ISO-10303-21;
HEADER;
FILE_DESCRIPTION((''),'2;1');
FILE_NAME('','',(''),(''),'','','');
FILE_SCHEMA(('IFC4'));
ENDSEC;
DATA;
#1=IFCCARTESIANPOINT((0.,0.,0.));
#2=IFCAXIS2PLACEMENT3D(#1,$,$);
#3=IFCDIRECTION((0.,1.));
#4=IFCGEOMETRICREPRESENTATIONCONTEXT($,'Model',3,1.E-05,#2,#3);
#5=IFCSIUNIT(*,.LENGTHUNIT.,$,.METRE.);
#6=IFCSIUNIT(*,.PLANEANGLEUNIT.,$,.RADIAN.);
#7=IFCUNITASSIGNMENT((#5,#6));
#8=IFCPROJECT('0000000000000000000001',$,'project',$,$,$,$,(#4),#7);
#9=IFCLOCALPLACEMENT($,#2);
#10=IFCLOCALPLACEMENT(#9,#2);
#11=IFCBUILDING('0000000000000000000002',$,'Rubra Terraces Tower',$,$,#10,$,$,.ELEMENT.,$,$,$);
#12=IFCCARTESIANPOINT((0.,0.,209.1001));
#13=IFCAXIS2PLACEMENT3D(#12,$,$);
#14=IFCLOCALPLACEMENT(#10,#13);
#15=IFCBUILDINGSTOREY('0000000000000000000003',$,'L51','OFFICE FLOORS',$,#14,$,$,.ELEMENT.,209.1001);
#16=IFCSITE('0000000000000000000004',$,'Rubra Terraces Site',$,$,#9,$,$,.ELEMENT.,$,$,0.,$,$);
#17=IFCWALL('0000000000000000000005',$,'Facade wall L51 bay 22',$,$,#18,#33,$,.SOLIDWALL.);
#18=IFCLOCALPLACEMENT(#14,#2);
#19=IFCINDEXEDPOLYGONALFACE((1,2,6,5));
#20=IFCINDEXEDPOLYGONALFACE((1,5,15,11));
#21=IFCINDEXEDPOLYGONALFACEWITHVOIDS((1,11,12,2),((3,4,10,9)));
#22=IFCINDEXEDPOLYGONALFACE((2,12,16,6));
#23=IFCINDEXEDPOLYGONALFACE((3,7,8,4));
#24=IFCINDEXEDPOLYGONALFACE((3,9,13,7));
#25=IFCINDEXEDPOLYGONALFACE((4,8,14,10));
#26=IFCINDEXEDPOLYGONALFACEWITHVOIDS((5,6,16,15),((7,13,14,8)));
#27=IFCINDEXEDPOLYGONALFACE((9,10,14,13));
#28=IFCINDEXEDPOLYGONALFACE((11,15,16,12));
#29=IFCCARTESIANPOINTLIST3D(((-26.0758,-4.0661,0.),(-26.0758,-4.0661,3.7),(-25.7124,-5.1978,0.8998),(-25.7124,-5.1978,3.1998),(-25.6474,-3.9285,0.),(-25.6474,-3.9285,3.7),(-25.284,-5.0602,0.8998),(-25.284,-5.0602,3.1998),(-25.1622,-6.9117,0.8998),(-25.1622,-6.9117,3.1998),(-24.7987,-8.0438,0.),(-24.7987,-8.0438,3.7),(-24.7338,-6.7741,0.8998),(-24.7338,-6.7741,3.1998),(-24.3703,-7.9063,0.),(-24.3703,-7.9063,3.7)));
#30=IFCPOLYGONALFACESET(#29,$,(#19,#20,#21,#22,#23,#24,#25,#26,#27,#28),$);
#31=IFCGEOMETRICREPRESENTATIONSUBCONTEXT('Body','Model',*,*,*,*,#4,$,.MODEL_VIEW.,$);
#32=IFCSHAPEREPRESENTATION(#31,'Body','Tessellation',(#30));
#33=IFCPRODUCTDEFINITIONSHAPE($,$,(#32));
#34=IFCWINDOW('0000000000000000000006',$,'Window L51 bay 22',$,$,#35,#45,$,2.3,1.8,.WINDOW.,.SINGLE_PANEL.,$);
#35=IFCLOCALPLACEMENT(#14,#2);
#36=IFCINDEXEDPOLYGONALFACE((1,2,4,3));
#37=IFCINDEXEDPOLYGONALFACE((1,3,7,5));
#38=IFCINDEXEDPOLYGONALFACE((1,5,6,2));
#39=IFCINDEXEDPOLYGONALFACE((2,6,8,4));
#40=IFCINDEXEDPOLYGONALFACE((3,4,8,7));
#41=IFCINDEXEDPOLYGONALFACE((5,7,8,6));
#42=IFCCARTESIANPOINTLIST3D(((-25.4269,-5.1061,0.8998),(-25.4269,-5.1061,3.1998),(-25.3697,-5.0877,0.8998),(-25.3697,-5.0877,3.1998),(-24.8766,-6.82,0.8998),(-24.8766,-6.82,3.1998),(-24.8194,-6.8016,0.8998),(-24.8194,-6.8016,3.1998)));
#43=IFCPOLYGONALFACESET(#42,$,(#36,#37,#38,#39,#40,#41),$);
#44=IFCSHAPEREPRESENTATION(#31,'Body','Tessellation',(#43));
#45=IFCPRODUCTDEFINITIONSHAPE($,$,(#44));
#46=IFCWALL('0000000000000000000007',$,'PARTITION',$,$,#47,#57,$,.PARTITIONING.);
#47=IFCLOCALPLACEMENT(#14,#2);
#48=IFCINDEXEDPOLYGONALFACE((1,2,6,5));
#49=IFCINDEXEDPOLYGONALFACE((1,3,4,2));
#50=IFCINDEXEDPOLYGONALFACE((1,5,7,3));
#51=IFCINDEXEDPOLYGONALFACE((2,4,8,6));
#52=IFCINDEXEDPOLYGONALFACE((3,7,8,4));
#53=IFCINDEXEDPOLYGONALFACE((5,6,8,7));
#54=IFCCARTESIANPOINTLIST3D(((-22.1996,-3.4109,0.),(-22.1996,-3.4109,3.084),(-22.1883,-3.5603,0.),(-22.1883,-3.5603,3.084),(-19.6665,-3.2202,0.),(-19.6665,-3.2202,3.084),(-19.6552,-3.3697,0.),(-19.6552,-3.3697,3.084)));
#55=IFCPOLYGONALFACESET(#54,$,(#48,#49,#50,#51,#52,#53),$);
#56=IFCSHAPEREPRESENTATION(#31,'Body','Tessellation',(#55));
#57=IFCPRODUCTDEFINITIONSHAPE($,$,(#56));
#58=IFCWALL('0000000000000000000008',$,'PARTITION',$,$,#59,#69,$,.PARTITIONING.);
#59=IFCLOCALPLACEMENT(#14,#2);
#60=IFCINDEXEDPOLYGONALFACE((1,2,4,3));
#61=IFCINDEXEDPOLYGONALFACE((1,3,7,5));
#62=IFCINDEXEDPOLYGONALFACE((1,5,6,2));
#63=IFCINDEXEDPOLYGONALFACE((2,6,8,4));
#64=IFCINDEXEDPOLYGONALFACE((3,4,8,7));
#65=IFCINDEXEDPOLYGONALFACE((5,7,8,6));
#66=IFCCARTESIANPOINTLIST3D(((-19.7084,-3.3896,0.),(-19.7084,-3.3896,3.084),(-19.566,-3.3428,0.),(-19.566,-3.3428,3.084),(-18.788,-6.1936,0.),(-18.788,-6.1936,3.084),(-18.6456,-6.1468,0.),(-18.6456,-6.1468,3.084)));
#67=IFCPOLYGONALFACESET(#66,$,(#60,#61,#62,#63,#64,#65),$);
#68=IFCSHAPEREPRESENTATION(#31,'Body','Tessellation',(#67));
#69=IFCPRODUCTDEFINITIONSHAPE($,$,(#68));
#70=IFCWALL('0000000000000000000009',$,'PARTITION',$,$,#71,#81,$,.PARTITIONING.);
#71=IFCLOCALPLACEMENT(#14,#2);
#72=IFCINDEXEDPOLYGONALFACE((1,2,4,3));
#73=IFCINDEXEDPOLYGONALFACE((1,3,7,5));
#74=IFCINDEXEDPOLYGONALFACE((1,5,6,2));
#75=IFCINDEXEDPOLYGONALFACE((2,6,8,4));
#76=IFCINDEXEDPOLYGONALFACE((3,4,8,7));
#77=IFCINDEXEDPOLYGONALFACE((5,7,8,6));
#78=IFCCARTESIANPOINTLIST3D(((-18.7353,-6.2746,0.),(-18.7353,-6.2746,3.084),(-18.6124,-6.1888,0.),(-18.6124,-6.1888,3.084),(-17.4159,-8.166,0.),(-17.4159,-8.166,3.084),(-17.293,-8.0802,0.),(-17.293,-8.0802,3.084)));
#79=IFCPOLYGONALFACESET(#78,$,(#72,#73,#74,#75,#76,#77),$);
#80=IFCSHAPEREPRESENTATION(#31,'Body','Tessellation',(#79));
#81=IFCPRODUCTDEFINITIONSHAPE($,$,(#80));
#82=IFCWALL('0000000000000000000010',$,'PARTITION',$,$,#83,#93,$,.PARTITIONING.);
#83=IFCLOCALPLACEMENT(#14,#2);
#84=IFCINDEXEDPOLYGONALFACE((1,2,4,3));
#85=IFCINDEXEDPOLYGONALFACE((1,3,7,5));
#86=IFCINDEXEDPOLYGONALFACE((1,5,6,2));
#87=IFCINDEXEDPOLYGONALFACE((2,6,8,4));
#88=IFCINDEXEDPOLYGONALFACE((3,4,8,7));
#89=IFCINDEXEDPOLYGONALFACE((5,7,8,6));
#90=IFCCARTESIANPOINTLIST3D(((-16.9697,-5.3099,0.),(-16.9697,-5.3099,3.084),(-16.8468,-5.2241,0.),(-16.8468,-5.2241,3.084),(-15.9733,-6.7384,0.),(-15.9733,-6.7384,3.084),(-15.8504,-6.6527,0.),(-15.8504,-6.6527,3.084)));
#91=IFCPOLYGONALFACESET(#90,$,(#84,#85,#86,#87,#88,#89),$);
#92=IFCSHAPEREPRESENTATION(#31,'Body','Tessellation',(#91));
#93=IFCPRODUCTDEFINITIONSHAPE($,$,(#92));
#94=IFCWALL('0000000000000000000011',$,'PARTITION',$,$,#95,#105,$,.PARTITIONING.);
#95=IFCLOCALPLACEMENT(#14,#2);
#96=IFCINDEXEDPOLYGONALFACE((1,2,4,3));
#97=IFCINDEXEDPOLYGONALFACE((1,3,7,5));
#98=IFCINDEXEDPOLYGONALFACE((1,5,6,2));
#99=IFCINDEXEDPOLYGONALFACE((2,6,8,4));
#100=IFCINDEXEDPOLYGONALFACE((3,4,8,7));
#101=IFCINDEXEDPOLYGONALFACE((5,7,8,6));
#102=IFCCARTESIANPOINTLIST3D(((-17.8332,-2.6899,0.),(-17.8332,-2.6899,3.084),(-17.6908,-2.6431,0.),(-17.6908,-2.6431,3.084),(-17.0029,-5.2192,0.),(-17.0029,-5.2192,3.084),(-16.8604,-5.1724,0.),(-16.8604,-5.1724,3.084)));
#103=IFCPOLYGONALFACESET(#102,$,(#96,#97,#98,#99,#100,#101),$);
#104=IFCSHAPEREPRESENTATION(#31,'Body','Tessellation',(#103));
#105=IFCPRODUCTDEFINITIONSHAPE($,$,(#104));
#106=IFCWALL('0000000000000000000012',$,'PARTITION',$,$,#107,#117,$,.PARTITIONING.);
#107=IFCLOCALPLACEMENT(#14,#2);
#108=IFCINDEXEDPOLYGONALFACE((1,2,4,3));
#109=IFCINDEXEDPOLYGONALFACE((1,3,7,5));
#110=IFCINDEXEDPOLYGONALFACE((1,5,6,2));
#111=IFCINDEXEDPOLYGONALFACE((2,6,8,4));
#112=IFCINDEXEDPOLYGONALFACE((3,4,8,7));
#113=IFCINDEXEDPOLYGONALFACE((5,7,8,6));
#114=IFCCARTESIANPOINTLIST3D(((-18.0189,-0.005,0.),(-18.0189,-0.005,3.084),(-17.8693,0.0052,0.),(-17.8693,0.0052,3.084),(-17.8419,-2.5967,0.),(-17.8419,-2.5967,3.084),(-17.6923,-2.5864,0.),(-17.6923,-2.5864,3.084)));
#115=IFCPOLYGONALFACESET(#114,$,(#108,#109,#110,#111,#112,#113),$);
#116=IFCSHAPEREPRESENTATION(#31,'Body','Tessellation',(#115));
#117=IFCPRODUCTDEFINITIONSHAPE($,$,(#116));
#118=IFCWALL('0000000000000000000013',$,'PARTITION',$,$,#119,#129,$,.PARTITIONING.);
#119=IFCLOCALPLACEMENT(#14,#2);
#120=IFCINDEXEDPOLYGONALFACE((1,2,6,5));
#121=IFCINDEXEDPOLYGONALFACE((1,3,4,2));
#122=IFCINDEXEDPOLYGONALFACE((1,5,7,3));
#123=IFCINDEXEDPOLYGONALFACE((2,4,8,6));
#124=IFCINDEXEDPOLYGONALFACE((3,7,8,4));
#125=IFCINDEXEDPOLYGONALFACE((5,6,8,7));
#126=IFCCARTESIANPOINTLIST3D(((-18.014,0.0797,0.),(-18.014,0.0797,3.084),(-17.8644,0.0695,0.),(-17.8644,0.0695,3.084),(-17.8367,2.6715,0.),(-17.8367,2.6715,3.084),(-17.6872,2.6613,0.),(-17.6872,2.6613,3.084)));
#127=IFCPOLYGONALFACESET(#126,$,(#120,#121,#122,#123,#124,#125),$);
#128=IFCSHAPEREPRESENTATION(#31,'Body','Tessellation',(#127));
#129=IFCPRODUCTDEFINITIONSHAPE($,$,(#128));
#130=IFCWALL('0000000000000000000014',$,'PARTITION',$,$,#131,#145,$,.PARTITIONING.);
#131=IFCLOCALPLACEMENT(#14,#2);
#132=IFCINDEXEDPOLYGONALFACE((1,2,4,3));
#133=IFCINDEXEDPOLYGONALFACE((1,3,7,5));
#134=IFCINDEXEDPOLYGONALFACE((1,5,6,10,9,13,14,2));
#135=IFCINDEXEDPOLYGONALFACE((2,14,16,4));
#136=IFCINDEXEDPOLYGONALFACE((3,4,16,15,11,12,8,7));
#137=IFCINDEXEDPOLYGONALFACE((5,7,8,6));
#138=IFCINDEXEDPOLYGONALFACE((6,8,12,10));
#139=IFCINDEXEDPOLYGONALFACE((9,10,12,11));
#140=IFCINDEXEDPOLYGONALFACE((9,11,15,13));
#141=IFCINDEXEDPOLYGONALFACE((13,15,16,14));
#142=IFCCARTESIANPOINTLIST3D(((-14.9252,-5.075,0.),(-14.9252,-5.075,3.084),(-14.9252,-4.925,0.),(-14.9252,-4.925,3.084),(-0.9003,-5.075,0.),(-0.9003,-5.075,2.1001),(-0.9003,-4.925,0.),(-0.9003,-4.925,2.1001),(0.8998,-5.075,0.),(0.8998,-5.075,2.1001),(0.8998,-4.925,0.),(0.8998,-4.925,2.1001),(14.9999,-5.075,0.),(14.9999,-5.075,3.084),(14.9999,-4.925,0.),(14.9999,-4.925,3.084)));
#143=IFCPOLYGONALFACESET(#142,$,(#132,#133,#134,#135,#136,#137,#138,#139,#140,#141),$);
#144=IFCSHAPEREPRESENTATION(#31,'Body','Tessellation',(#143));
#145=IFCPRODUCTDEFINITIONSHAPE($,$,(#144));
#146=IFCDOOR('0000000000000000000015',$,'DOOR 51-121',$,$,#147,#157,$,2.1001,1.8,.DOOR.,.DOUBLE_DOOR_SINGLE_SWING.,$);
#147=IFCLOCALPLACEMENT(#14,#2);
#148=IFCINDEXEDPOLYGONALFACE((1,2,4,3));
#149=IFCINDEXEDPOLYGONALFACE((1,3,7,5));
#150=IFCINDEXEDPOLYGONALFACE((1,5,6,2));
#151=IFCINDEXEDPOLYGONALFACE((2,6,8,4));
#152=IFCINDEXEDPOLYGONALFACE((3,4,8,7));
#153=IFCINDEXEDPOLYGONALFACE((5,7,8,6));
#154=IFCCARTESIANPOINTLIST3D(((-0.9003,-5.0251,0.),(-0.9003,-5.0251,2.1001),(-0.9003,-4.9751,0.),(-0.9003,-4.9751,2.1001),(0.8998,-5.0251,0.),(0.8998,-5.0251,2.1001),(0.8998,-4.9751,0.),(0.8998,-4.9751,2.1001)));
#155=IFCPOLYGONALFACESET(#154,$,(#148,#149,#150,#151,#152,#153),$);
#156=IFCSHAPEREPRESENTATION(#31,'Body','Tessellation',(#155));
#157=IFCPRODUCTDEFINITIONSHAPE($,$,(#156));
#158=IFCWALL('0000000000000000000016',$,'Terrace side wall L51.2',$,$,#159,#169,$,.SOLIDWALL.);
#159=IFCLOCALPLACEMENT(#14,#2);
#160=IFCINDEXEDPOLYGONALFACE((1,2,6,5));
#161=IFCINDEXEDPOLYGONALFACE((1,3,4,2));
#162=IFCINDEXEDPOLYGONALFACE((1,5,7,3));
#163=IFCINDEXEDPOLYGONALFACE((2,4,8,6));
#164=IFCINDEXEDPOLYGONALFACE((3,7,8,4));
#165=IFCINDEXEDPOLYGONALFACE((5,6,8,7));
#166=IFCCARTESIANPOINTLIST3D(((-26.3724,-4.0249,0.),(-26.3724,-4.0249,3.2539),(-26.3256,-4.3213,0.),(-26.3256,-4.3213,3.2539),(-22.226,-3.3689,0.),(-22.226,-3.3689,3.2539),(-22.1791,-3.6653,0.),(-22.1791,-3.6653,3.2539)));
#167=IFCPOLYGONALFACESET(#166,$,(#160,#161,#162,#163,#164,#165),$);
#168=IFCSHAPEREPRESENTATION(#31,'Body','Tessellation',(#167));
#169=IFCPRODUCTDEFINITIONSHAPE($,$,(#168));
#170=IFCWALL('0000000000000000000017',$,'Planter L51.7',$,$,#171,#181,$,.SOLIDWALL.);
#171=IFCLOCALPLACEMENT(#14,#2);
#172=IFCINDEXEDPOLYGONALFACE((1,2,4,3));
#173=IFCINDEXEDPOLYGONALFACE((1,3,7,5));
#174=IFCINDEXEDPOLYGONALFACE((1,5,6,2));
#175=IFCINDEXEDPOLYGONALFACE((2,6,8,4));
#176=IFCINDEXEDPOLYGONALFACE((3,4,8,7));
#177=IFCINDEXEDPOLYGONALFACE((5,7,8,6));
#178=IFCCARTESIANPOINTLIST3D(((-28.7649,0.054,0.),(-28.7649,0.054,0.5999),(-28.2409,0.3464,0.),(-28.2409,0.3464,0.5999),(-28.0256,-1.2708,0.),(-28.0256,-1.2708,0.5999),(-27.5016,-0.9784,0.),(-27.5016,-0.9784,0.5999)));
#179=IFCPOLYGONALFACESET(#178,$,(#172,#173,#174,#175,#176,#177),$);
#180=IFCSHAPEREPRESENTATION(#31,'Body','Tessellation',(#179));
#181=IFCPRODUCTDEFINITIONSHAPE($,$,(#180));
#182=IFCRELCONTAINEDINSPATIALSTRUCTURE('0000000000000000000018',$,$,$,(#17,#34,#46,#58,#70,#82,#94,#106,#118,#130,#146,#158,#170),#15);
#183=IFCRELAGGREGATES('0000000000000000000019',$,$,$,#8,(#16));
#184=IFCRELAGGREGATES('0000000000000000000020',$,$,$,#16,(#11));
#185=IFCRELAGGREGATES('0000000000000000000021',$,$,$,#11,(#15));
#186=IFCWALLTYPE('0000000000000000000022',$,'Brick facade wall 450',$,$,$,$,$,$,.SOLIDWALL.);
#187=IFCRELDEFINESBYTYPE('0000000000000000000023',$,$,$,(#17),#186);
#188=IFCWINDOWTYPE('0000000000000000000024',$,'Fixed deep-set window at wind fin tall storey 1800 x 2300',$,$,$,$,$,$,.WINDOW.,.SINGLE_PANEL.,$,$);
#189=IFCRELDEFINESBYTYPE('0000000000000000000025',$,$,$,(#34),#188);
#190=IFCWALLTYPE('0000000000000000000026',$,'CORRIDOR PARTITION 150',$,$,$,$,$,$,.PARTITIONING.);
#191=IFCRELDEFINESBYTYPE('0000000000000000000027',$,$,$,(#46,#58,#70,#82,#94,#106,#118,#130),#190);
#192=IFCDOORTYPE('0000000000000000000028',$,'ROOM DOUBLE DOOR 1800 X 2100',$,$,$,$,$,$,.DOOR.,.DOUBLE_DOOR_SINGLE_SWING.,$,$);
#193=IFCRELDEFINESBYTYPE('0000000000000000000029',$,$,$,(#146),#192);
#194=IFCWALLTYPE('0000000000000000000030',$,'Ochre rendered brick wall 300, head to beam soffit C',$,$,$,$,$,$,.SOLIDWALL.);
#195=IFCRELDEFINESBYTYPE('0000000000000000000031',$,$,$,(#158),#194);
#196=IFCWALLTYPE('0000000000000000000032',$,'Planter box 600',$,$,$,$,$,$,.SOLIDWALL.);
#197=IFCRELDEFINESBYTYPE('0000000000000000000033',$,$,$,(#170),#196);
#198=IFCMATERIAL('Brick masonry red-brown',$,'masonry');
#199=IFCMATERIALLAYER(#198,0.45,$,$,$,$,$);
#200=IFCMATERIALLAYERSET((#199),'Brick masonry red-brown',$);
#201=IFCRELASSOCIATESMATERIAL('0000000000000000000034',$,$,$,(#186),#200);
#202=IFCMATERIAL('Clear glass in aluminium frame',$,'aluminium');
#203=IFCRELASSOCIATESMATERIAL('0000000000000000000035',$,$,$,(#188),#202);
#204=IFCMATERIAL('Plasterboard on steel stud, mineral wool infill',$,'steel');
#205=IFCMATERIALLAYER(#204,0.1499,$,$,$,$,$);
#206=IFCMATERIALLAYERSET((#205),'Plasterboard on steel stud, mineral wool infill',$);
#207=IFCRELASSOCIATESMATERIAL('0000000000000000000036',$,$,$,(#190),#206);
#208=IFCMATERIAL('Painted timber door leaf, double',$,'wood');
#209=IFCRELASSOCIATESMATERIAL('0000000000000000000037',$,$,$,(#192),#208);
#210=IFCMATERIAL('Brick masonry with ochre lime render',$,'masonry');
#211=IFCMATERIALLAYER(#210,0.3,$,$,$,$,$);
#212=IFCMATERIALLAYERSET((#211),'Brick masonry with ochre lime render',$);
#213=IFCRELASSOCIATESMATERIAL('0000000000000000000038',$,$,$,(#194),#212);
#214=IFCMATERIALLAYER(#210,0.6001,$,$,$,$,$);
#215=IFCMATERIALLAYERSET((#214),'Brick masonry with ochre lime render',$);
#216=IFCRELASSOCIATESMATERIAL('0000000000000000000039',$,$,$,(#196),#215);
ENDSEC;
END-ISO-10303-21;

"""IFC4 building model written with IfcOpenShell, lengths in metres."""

from ifc_helpers import new_model, si_unit, direction, frame, frame_2d, origin, place, context, subcontext, project, spatial, rectangle, extrude, material, layer, layer_set, type_object, element, fill, save


model = new_model("IFC4")

# Units and contexts
model_context = context("Model", 3, precision=1e-05, world=origin(), true_north=direction((0.0, 1.0)))
body_context = subcontext(model_context, "Body", "Model", "MODEL_VIEW")
ifc_project = project(units=[si_unit("LENGTHUNIT", "METRE"), si_unit("PLANEANGLEUNIT", "RADIAN")], contexts=[model_context])

# Site, building, storey
site_placement = place(None, origin())
site = spatial("IfcSite", under=ifc_project, at=site_placement, Name="Rubra Terraces Site", CompositionType="ELEMENT", RefElevation=0.0)
building_placement = place(site_placement, origin())
building = spatial("IfcBuilding", under=site, at=building_placement, Name="Rubra Terraces Tower", CompositionType="ELEMENT")
storey_placement = place(building_placement, frame((0.0, 0.0, 209.1001)))
storey = spatial("IfcBuildingStorey", under=building, at=storey_placement, Name="L51", Description="OFFICE FLOORS", CompositionType="ELEMENT", Elevation=209.1001)

# Wall, opening, window
ifc_material_1 = material(Name="Brick masonry red-brown", Category="masonry")
ifc_layer_1 = layer(ifc_material_1, 0.45)
ifc_layer_set_1 = layer_set([ifc_layer_1], Name="Brick masonry red-brown")
wall_type_1 = type_object("IfcWallType", Name="Brick facade wall 450", PredefinedType="SOLIDWALL", material=ifc_layer_set_1)
wall_1_placement = place(storey_placement, frame((-25.8616, -3.9973, 0.0), z_axis=(0.0, 0.0, 1.0), x_axis=(0.305689, -0.952131, 0.0)))
wall_1 = element("IfcWall", 1, at=wall_1_placement, inside=storey, type_object=wall_type_1, Name="Facade wall L51 bay 22", PredefinedType="SOLIDWALL", context=body_context, shape_type="SweptSolid", body=[
    extrude(rectangle(XDim=4.1777, YDim=0.45, at=frame_2d((2.0889, 0.0))), origin(), (0.0, 0.0, 1.0), 3.7),
])
opening_1_placement = place(wall_1_placement, frame((1.1887, 0.0, 0.8999)))
opening_1 = element("IfcOpeningElement", 2, at=opening_1_placement, cuts=wall_1, PredefinedType="OPENING", context=body_context, shape_type="SweptSolid", body=[
    extrude(rectangle(XDim=1.8, YDim=2.3, at=frame_2d((0.8999, 1.1499))), frame((0.0, 0.2349, 0.0), z_axis=(0.0, -1.0, 0.0), x_axis=(1.0, 0.0, 0.0)), (0.0, 0.0, 1.0), 0.47),
])
ifc_material_2 = material(Name="Clear glass in aluminium frame", Category="aluminium")
window_type = type_object("IfcWindowType", Name="Fixed deep-set window at wind fin tall storey 1800 x 2300", PartitioningType="SINGLE_PANEL", PredefinedType="WINDOW", material=ifc_material_2)
window_placement = place(opening_1_placement, origin())
window = element("IfcWindow", 3, at=window_placement, inside=storey, type_object=window_type, Name="Window L51 bay 22", OverallHeight=2.3, OverallWidth=1.8, PartitioningType="SINGLE_PANEL", PredefinedType="WINDOW", context=body_context, shape_type="SweptSolid", body=[
    extrude(rectangle(XDim=1.8, YDim=2.3, at=frame_2d((0.8999, 1.1499))), frame((0.0, 0.135, 0.0), z_axis=(0.0, -1.0, 0.0), x_axis=(1.0, 0.0, 0.0)), (0.0, 0.0, 1.0), 0.0601),
])
fill(opening_1, window)

# Walls
ifc_material_3 = material(Name="Plasterboard on steel stud, mineral wool infill", Category="steel")
ifc_layer_2 = layer(ifc_material_3, 0.1499)
ifc_layer_set_2 = layer_set([ifc_layer_2], Name="Plasterboard on steel stud, mineral wool infill")
wall_type_2 = type_object("IfcWallType", Name="CORRIDOR PARTITION 150", PredefinedType="PARTITIONING", material=ifc_layer_set_2)
wall_2_placement = place(storey_placement, frame((-22.1938, -3.4856, 0.0), z_axis=(0.0, 0.0, 1.0), x_axis=(0.997179, 0.075058, 0.0)))
element("IfcWall", 4, at=wall_2_placement, inside=storey, type_object=wall_type_2, Name="PARTITION", PredefinedType="PARTITIONING", context=body_context, shape_type="SweptSolid", body=[
    extrude(rectangle(XDim=2.5403, YDim=0.1499, at=frame_2d((1.27, 0.0))), origin(), (0.0, 0.0, 1.0), 3.084),
])
wall_3_placement = place(storey_placement, frame((-19.6372, -3.3662, 0.0), z_axis=(0.0, 0.0, 1.0), x_axis=(0.311881, -0.950121, 0.0)))
element("IfcWall", 5, at=wall_3_placement, inside=storey, type_object=wall_type_2, Name="PARTITION", PredefinedType="PARTITIONING", context=body_context, shape_type="SweptSolid", body=[
    extrude(rectangle(XDim=2.9512, YDim=0.1499, at=frame_2d((1.4756, 0.0))), origin(), (0.0, 0.0, 1.0), 3.084),
])
wall_4_placement = place(storey_placement, frame((-18.6738, -6.2317, 0.0), z_axis=(0.0, 0.0, 1.0), x_axis=(0.572119, -0.820171, 0.0)))
element("IfcWall", 6, at=wall_4_placement, inside=storey, type_object=wall_type_2, Name="PARTITION", PredefinedType="PARTITIONING", context=body_context, shape_type="SweptSolid", body=[
    extrude(rectangle(XDim=2.3062, YDim=0.1499, at=frame_2d((1.1531, 0.0))), origin(), (0.0, 0.0, 1.0), 3.084),
])
wall_5_placement = place(storey_placement, frame((-15.9119, -6.6956, 0.0), z_axis=(0.0, 0.0, 1.0), x_axis=(-0.572079, 0.820199, 0.0)))
element("IfcWall", 7, at=wall_5_placement, inside=storey, type_object=wall_type_2, Name="PARTITION", PredefinedType="PARTITIONING", context=body_context, shape_type="SweptSolid", body=[
    extrude(rectangle(XDim=1.7417, YDim=0.1499, at=frame_2d((0.8708, 0.0))), origin(), (0.0, 0.0, 1.0), 3.084),
])
wall_6_placement = place(storey_placement, frame((-16.9316, -5.1958, 0.0), z_axis=(0.0, 0.0, 1.0), x_axis=(-0.311905, 0.950113, 0.0)))
element("IfcWall", 8, at=wall_6_placement, inside=storey, type_object=wall_type_2, Name="PARTITION", PredefinedType="PARTITIONING", context=body_context, shape_type="SweptSolid", body=[
    extrude(rectangle(XDim=2.6621, YDim=0.1499, at=frame_2d((1.3311, 0.0))), origin(), (0.0, 0.0, 1.0), 3.084),
])
wall_7_placement = place(storey_placement, frame((-17.7671, -2.5916, 0.0), z_axis=(0.0, 0.0, 1.0), x_axis=(-0.068141, 0.997676, 0.0)))
element("IfcWall", 9, at=wall_7_placement, inside=storey, type_object=wall_type_2, Name="PARTITION", PredefinedType="PARTITIONING", context=body_context, shape_type="SweptSolid", body=[
    extrude(rectangle(XDim=2.5977, YDim=0.1499, at=frame_2d((1.2988, 0.0))), origin(), (0.0, 0.0, 1.0), 3.084),
])
wall_8_placement = place(storey_placement, frame((-17.9392, 0.0747, 0.0), z_axis=(0.0, 0.0, 1.0), x_axis=(0.068228, 0.99767, 0.0)))
element("IfcWall", 10, at=wall_8_placement, inside=storey, type_object=wall_type_2, Name="PARTITION", PredefinedType="PARTITIONING", context=body_context, shape_type="SweptSolid", body=[
    extrude(rectangle(XDim=2.5979, YDim=0.1499, at=frame_2d((1.2988, 0.0))), origin(), (0.0, 0.0, 1.0), 3.084),
])

# Wall, opening, door
wall_9_placement = place(storey_placement, frame((-14.925, -5.0, 0.0), z_axis=(0.0, 0.0, 1.0), x_axis=(1.0, 0.0, 0.0)))
wall_9 = element("IfcWall", 11, at=wall_9_placement, inside=storey, type_object=wall_type_2, Name="PARTITION", PredefinedType="PARTITIONING", context=body_context, shape_type="SweptSolid", body=[
    extrude(rectangle(XDim=29.925, YDim=0.1499, at=frame_2d((14.9624, 0.0))), origin(), (0.0, 0.0, 1.0), 3.084),
])
opening_2_placement = place(wall_9_placement, frame((14.0249, 0.0, 0.0)))
opening_2 = element("IfcOpeningElement", 12, at=opening_2_placement, cuts=wall_9, PredefinedType="OPENING", context=body_context, shape_type="SweptSolid", body=[
    extrude(rectangle(XDim=1.8, YDim=2.1001, at=frame_2d((0.8999, 1.05))), frame((0.0, 0.085, 0.0), z_axis=(0.0, -1.0, 0.0), x_axis=(1.0, 0.0, 0.0)), (0.0, 0.0, 1.0), 0.1699),
])
ifc_material_4 = material(Name="Painted timber door leaf, double", Category="wood")
door_type_1 = type_object("IfcDoorType", Name="ROOM DOUBLE DOOR 1800 X 2100", OperationType="DOUBLE_DOOR_SINGLE_SWING", PredefinedType="DOOR", material=ifc_material_4)
door_1_placement = place(opening_2_placement, origin())
door_1 = element("IfcDoor", 13, at=door_1_placement, inside=storey, type_object=door_type_1, Name="DOOR 51-121", OperationType="DOUBLE_DOOR_SINGLE_SWING", OverallHeight=2.1001, OverallWidth=1.8, PredefinedType="DOOR", context=body_context, shape_type="SweptSolid", body=[
    extrude(rectangle(XDim=1.8, YDim=2.1001, at=frame_2d((0.8999, 1.05))), frame((0.0, 0.0249, 0.0), z_axis=(0.0, -1.0, 0.0), x_axis=(1.0, 0.0, 0.0)), (0.0, 0.0, 1.0), 0.05),
])
fill(opening_2, door_1)
ifc_material_5 = material(Name="Brick masonry with ochre lime render", Category="masonry")

# Walls
ifc_layer_3 = layer(ifc_material_5, 0.3)
ifc_layer_set_3 = layer_set([ifc_layer_3], Name="Brick masonry with ochre lime render")
wall_type_3 = type_object("IfcWallType", Name="Ochre rendered brick wall 300, head to beam soffit C", PredefinedType="SOLIDWALL", material=ifc_layer_set_3)
wall_10_placement = place(storey_placement, frame((-26.3491, -4.1731, 0.0), z_axis=(0.0, 0.0, 1.0), x_axis=(0.987715, 0.156264, 0.0)))
element("IfcWall", 14, at=wall_10_placement, inside=storey, type_object=wall_type_3, Name="Terrace side wall L51.2", PredefinedType="SOLIDWALL", context=body_context, shape_type="SweptSolid", body=[
    extrude(rectangle(XDim=4.198, YDim=0.3, at=frame_2d((2.0991, 0.0))), origin(), (0.0, 0.0, 1.0), 3.2539),
])
ifc_layer_4 = layer(ifc_material_5, 0.6001)
ifc_layer_set_4 = layer_set([ifc_layer_4], Name="Brick masonry with ochre lime render")
wall_type_4 = type_object("IfcWallType", Name="Planter box 600", PredefinedType="SOLIDWALL", material=ifc_layer_set_4)
wall_11_placement = place(storey_placement, frame((-28.5029, 0.2002, 0.0), z_axis=(0.0, 0.0, 1.0), x_axis=(0.487309, -0.87323, 0.0)))
element("IfcWall", 15, at=wall_11_placement, inside=storey, type_object=wall_type_4, Name="Planter L51.7", PredefinedType="SOLIDWALL", context=body_context, shape_type="SweptSolid", body=[
    extrude(rectangle(XDim=1.5171, YDim=0.6001, at=frame_2d((0.7585, 0.0))), origin(), (0.0, 0.0, 1.0), 0.5999),
])

save(model, "model.ifc")
